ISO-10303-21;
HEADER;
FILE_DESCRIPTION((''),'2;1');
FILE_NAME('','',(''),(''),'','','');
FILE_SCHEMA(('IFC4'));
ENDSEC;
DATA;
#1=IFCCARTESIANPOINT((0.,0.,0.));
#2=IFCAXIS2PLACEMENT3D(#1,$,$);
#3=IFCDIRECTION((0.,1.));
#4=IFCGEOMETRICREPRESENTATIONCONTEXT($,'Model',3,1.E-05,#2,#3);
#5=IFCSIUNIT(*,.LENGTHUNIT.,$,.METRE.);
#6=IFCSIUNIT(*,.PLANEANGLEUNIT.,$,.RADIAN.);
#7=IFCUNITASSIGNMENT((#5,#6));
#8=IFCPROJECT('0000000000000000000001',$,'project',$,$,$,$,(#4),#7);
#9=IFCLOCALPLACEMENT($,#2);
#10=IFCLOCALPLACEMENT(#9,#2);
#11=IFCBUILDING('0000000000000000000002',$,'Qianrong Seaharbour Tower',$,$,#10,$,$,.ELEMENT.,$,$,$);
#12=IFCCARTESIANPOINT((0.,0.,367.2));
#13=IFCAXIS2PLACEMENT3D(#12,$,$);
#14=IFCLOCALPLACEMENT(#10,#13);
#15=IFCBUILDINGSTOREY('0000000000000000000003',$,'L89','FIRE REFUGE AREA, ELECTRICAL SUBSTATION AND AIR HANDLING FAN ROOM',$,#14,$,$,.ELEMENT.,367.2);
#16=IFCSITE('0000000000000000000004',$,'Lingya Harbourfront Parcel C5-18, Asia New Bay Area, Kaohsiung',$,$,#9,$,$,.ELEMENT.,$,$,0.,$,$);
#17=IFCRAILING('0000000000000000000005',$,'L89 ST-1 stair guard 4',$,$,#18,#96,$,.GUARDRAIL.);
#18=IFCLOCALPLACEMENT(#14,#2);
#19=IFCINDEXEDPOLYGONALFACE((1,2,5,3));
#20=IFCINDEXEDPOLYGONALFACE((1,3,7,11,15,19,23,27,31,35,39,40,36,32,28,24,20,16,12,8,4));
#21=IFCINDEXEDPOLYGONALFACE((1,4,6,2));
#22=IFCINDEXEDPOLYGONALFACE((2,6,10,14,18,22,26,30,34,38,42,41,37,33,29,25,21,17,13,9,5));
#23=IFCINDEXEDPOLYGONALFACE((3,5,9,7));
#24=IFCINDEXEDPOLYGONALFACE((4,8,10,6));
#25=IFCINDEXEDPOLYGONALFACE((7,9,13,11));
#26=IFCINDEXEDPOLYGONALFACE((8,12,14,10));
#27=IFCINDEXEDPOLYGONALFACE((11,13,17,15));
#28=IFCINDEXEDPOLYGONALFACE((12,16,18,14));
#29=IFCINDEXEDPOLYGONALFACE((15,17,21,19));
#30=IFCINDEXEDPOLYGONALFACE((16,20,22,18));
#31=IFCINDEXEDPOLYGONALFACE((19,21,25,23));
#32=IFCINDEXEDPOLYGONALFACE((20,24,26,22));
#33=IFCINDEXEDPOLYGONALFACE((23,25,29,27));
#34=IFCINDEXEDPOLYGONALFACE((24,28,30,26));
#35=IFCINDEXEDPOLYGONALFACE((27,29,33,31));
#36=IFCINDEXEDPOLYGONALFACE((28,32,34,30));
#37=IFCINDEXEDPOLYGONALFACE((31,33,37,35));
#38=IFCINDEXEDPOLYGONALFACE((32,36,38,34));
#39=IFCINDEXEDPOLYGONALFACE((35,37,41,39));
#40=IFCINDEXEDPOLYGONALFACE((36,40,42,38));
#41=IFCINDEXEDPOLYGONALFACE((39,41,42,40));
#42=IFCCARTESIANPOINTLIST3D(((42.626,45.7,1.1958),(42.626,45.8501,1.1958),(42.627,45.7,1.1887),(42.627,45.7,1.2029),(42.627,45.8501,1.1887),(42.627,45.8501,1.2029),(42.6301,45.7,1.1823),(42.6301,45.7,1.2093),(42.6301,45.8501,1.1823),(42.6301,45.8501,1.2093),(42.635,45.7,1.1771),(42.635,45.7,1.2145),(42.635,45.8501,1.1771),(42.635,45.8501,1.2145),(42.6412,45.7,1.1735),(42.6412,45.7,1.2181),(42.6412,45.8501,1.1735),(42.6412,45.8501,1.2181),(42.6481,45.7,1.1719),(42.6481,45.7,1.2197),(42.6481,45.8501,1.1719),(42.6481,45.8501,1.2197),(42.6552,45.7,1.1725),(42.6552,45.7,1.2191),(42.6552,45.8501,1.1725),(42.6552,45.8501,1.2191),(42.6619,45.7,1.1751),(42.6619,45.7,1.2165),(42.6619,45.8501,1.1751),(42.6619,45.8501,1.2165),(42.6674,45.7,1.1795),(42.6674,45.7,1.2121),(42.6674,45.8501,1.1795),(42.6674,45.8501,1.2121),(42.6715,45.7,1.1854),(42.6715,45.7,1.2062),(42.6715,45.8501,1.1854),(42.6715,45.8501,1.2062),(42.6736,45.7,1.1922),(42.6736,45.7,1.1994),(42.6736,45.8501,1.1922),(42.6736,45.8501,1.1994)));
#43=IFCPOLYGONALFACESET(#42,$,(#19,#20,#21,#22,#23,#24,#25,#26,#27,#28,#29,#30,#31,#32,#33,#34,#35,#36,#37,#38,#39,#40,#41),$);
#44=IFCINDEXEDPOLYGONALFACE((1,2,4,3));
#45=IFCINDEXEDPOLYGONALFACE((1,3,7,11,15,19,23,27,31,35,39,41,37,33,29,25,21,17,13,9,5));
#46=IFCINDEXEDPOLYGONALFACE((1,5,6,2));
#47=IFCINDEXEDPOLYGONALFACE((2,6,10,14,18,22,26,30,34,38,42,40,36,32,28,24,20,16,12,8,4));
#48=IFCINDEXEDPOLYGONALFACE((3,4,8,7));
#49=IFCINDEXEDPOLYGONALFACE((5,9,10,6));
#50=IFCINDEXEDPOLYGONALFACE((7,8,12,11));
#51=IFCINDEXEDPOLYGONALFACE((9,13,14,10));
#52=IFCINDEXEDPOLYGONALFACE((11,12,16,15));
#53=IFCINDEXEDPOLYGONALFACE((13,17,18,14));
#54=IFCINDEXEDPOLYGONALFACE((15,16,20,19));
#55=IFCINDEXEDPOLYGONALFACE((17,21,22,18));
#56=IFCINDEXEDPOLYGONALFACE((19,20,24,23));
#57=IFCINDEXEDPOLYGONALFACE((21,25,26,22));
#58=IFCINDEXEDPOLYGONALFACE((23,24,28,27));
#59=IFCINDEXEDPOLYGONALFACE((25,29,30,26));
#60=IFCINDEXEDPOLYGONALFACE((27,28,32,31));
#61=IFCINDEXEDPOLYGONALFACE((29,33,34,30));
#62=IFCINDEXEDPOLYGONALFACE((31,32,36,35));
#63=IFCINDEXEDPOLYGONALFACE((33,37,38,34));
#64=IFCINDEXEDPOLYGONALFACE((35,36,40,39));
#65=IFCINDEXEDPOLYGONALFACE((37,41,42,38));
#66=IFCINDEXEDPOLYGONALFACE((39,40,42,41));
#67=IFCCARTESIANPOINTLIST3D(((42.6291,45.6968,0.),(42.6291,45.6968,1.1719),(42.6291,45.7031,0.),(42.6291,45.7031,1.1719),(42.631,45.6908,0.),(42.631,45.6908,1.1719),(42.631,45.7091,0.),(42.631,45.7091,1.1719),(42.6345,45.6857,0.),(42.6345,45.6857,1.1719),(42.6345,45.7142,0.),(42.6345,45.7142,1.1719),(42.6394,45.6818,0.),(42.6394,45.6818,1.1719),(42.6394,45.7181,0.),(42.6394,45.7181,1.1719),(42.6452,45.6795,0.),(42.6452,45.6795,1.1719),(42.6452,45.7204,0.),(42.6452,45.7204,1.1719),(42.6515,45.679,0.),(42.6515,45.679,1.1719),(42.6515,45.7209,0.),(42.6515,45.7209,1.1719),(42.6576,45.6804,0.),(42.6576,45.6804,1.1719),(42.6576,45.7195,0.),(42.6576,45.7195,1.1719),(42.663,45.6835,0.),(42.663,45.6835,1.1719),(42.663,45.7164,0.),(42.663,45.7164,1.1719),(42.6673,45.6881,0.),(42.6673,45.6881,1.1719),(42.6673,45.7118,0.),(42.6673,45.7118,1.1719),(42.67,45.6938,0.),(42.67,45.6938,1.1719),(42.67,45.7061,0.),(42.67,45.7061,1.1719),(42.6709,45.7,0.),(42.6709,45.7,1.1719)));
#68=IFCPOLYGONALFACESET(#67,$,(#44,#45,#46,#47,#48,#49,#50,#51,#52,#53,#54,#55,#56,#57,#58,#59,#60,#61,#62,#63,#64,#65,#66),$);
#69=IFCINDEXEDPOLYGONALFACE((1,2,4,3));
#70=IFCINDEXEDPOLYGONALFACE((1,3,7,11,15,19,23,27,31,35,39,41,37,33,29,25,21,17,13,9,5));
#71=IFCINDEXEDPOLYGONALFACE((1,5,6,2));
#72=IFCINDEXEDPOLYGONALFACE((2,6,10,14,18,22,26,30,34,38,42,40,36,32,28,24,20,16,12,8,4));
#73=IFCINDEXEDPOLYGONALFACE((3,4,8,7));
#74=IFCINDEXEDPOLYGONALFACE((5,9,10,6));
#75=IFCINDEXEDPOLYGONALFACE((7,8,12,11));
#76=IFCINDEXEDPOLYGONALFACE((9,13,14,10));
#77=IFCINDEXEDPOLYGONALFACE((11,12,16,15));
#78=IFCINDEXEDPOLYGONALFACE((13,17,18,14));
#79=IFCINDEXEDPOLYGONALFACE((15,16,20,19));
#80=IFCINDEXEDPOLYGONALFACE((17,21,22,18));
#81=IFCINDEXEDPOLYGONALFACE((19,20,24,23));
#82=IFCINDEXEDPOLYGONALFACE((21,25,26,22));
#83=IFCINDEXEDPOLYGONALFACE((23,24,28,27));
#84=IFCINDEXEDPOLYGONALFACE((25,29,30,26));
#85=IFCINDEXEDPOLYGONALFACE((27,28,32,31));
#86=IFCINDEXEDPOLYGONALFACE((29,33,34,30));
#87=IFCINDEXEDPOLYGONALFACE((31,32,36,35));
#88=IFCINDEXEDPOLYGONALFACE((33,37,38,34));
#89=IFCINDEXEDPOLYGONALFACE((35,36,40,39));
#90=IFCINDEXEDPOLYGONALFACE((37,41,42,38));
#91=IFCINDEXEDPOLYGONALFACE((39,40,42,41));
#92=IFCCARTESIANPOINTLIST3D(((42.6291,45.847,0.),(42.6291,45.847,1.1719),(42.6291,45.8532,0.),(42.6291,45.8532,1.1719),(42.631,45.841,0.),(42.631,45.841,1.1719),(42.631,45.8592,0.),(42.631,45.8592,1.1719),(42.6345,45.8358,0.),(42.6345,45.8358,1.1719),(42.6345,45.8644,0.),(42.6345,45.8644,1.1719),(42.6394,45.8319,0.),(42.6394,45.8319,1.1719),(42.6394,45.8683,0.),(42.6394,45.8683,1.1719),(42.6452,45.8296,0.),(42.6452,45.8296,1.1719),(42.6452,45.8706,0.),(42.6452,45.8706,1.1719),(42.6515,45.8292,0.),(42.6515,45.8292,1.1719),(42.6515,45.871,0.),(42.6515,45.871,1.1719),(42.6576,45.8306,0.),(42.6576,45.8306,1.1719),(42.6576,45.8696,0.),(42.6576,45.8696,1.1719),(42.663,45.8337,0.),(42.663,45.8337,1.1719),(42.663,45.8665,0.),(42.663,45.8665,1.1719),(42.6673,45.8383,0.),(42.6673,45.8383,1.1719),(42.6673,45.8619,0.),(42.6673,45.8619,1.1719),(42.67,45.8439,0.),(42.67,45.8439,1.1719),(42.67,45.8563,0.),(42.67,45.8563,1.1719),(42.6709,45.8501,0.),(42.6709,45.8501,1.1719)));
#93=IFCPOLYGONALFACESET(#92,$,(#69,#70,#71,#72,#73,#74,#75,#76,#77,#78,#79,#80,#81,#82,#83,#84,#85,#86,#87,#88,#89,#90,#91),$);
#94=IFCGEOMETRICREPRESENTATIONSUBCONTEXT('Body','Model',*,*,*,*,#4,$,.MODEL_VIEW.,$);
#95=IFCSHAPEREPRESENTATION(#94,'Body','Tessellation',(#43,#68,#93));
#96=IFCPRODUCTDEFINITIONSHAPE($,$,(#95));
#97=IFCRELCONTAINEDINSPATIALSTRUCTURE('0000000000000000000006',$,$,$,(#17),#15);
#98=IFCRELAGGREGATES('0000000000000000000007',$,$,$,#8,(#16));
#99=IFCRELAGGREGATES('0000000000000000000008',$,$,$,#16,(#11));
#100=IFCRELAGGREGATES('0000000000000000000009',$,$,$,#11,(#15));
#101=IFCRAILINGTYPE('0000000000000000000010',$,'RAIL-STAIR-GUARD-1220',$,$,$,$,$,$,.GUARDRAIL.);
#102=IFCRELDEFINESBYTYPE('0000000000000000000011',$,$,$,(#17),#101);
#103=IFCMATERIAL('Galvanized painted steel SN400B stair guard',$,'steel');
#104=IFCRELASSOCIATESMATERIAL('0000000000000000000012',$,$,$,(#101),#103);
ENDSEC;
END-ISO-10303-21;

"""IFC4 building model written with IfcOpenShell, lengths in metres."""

from ifc_helpers import new_model, si_unit, direction, frame, origin, origin_2d, place, context, subcontext, project, spatial, circle, extrude, material, type_object, element, save


model = new_model("IFC4")

# Units and contexts
model_context = context("Model", 3, precision=1e-05, world=origin(), true_north=direction((0.0, 1.0)))
body_context = subcontext(model_context, "Body", "Model", "MODEL_VIEW")
ifc_project = project(units=[si_unit("LENGTHUNIT", "METRE"), si_unit("PLANEANGLEUNIT", "RADIAN")], contexts=[model_context])

# Site, building, storey
site_placement = place(None, origin())
site = spatial("IfcSite", under=ifc_project, at=site_placement, Name="Lingya Harbourfront Parcel C5-18, Asia New Bay Area, Kaohsiung", CompositionType="ELEMENT", RefElevation=0.0)
building_placement = place(site_placement, origin())
building = spatial("IfcBuilding", under=site, at=building_placement, Name="Qianrong Seaharbour Tower", CompositionType="ELEMENT")
storey_placement = place(building_placement, frame((0.0, 0.0, 367.2)))
storey = spatial("IfcBuildingStorey", under=building, at=storey_placement, Name="L89", Description="FIRE REFUGE AREA, ELECTRICAL SUBSTATION AND AIR HANDLING FAN ROOM", CompositionType="ELEMENT", Elevation=367.2)

# Railing
ifc_material_1 = material(Name="Galvanized painted steel SN400B stair guard", Category="steel")
railing_type_1 = type_object("IfcRailingType", Name="RAIL-STAIR-GUARD-1220", PredefinedType="GUARDRAIL", material=ifc_material_1)
railing_1_placement = place(storey_placement, frame((42.6499, 45.7, 0.0)))
element("IfcRailing", 1, at=railing_1_placement, inside=storey, type_object=railing_type_1, Name="L89 ST-1 stair guard 4", PredefinedType="GUARDRAIL", context=body_context, shape_type="SweptSolid", body=[
    extrude(circle(Radius=0.0239, at=origin_2d()), frame((0.0, 0.0, 1.1958), z_axis=(0.0, 1.0, 0.0), x_axis=(-1.0, 0.0, 0.0)), (0.0, 0.0, 1.0), 0.1501),
    extrude(circle(Radius=0.021, at=origin_2d()), origin(), (0.0, 0.0, 1.0), 1.1719),
    extrude(circle(Radius=0.021, at=origin_2d()), frame((0.0, 0.1501, 0.0)), (0.0, 0.0, 1.0), 1.1719),
])

save(model, "model.ifc")
